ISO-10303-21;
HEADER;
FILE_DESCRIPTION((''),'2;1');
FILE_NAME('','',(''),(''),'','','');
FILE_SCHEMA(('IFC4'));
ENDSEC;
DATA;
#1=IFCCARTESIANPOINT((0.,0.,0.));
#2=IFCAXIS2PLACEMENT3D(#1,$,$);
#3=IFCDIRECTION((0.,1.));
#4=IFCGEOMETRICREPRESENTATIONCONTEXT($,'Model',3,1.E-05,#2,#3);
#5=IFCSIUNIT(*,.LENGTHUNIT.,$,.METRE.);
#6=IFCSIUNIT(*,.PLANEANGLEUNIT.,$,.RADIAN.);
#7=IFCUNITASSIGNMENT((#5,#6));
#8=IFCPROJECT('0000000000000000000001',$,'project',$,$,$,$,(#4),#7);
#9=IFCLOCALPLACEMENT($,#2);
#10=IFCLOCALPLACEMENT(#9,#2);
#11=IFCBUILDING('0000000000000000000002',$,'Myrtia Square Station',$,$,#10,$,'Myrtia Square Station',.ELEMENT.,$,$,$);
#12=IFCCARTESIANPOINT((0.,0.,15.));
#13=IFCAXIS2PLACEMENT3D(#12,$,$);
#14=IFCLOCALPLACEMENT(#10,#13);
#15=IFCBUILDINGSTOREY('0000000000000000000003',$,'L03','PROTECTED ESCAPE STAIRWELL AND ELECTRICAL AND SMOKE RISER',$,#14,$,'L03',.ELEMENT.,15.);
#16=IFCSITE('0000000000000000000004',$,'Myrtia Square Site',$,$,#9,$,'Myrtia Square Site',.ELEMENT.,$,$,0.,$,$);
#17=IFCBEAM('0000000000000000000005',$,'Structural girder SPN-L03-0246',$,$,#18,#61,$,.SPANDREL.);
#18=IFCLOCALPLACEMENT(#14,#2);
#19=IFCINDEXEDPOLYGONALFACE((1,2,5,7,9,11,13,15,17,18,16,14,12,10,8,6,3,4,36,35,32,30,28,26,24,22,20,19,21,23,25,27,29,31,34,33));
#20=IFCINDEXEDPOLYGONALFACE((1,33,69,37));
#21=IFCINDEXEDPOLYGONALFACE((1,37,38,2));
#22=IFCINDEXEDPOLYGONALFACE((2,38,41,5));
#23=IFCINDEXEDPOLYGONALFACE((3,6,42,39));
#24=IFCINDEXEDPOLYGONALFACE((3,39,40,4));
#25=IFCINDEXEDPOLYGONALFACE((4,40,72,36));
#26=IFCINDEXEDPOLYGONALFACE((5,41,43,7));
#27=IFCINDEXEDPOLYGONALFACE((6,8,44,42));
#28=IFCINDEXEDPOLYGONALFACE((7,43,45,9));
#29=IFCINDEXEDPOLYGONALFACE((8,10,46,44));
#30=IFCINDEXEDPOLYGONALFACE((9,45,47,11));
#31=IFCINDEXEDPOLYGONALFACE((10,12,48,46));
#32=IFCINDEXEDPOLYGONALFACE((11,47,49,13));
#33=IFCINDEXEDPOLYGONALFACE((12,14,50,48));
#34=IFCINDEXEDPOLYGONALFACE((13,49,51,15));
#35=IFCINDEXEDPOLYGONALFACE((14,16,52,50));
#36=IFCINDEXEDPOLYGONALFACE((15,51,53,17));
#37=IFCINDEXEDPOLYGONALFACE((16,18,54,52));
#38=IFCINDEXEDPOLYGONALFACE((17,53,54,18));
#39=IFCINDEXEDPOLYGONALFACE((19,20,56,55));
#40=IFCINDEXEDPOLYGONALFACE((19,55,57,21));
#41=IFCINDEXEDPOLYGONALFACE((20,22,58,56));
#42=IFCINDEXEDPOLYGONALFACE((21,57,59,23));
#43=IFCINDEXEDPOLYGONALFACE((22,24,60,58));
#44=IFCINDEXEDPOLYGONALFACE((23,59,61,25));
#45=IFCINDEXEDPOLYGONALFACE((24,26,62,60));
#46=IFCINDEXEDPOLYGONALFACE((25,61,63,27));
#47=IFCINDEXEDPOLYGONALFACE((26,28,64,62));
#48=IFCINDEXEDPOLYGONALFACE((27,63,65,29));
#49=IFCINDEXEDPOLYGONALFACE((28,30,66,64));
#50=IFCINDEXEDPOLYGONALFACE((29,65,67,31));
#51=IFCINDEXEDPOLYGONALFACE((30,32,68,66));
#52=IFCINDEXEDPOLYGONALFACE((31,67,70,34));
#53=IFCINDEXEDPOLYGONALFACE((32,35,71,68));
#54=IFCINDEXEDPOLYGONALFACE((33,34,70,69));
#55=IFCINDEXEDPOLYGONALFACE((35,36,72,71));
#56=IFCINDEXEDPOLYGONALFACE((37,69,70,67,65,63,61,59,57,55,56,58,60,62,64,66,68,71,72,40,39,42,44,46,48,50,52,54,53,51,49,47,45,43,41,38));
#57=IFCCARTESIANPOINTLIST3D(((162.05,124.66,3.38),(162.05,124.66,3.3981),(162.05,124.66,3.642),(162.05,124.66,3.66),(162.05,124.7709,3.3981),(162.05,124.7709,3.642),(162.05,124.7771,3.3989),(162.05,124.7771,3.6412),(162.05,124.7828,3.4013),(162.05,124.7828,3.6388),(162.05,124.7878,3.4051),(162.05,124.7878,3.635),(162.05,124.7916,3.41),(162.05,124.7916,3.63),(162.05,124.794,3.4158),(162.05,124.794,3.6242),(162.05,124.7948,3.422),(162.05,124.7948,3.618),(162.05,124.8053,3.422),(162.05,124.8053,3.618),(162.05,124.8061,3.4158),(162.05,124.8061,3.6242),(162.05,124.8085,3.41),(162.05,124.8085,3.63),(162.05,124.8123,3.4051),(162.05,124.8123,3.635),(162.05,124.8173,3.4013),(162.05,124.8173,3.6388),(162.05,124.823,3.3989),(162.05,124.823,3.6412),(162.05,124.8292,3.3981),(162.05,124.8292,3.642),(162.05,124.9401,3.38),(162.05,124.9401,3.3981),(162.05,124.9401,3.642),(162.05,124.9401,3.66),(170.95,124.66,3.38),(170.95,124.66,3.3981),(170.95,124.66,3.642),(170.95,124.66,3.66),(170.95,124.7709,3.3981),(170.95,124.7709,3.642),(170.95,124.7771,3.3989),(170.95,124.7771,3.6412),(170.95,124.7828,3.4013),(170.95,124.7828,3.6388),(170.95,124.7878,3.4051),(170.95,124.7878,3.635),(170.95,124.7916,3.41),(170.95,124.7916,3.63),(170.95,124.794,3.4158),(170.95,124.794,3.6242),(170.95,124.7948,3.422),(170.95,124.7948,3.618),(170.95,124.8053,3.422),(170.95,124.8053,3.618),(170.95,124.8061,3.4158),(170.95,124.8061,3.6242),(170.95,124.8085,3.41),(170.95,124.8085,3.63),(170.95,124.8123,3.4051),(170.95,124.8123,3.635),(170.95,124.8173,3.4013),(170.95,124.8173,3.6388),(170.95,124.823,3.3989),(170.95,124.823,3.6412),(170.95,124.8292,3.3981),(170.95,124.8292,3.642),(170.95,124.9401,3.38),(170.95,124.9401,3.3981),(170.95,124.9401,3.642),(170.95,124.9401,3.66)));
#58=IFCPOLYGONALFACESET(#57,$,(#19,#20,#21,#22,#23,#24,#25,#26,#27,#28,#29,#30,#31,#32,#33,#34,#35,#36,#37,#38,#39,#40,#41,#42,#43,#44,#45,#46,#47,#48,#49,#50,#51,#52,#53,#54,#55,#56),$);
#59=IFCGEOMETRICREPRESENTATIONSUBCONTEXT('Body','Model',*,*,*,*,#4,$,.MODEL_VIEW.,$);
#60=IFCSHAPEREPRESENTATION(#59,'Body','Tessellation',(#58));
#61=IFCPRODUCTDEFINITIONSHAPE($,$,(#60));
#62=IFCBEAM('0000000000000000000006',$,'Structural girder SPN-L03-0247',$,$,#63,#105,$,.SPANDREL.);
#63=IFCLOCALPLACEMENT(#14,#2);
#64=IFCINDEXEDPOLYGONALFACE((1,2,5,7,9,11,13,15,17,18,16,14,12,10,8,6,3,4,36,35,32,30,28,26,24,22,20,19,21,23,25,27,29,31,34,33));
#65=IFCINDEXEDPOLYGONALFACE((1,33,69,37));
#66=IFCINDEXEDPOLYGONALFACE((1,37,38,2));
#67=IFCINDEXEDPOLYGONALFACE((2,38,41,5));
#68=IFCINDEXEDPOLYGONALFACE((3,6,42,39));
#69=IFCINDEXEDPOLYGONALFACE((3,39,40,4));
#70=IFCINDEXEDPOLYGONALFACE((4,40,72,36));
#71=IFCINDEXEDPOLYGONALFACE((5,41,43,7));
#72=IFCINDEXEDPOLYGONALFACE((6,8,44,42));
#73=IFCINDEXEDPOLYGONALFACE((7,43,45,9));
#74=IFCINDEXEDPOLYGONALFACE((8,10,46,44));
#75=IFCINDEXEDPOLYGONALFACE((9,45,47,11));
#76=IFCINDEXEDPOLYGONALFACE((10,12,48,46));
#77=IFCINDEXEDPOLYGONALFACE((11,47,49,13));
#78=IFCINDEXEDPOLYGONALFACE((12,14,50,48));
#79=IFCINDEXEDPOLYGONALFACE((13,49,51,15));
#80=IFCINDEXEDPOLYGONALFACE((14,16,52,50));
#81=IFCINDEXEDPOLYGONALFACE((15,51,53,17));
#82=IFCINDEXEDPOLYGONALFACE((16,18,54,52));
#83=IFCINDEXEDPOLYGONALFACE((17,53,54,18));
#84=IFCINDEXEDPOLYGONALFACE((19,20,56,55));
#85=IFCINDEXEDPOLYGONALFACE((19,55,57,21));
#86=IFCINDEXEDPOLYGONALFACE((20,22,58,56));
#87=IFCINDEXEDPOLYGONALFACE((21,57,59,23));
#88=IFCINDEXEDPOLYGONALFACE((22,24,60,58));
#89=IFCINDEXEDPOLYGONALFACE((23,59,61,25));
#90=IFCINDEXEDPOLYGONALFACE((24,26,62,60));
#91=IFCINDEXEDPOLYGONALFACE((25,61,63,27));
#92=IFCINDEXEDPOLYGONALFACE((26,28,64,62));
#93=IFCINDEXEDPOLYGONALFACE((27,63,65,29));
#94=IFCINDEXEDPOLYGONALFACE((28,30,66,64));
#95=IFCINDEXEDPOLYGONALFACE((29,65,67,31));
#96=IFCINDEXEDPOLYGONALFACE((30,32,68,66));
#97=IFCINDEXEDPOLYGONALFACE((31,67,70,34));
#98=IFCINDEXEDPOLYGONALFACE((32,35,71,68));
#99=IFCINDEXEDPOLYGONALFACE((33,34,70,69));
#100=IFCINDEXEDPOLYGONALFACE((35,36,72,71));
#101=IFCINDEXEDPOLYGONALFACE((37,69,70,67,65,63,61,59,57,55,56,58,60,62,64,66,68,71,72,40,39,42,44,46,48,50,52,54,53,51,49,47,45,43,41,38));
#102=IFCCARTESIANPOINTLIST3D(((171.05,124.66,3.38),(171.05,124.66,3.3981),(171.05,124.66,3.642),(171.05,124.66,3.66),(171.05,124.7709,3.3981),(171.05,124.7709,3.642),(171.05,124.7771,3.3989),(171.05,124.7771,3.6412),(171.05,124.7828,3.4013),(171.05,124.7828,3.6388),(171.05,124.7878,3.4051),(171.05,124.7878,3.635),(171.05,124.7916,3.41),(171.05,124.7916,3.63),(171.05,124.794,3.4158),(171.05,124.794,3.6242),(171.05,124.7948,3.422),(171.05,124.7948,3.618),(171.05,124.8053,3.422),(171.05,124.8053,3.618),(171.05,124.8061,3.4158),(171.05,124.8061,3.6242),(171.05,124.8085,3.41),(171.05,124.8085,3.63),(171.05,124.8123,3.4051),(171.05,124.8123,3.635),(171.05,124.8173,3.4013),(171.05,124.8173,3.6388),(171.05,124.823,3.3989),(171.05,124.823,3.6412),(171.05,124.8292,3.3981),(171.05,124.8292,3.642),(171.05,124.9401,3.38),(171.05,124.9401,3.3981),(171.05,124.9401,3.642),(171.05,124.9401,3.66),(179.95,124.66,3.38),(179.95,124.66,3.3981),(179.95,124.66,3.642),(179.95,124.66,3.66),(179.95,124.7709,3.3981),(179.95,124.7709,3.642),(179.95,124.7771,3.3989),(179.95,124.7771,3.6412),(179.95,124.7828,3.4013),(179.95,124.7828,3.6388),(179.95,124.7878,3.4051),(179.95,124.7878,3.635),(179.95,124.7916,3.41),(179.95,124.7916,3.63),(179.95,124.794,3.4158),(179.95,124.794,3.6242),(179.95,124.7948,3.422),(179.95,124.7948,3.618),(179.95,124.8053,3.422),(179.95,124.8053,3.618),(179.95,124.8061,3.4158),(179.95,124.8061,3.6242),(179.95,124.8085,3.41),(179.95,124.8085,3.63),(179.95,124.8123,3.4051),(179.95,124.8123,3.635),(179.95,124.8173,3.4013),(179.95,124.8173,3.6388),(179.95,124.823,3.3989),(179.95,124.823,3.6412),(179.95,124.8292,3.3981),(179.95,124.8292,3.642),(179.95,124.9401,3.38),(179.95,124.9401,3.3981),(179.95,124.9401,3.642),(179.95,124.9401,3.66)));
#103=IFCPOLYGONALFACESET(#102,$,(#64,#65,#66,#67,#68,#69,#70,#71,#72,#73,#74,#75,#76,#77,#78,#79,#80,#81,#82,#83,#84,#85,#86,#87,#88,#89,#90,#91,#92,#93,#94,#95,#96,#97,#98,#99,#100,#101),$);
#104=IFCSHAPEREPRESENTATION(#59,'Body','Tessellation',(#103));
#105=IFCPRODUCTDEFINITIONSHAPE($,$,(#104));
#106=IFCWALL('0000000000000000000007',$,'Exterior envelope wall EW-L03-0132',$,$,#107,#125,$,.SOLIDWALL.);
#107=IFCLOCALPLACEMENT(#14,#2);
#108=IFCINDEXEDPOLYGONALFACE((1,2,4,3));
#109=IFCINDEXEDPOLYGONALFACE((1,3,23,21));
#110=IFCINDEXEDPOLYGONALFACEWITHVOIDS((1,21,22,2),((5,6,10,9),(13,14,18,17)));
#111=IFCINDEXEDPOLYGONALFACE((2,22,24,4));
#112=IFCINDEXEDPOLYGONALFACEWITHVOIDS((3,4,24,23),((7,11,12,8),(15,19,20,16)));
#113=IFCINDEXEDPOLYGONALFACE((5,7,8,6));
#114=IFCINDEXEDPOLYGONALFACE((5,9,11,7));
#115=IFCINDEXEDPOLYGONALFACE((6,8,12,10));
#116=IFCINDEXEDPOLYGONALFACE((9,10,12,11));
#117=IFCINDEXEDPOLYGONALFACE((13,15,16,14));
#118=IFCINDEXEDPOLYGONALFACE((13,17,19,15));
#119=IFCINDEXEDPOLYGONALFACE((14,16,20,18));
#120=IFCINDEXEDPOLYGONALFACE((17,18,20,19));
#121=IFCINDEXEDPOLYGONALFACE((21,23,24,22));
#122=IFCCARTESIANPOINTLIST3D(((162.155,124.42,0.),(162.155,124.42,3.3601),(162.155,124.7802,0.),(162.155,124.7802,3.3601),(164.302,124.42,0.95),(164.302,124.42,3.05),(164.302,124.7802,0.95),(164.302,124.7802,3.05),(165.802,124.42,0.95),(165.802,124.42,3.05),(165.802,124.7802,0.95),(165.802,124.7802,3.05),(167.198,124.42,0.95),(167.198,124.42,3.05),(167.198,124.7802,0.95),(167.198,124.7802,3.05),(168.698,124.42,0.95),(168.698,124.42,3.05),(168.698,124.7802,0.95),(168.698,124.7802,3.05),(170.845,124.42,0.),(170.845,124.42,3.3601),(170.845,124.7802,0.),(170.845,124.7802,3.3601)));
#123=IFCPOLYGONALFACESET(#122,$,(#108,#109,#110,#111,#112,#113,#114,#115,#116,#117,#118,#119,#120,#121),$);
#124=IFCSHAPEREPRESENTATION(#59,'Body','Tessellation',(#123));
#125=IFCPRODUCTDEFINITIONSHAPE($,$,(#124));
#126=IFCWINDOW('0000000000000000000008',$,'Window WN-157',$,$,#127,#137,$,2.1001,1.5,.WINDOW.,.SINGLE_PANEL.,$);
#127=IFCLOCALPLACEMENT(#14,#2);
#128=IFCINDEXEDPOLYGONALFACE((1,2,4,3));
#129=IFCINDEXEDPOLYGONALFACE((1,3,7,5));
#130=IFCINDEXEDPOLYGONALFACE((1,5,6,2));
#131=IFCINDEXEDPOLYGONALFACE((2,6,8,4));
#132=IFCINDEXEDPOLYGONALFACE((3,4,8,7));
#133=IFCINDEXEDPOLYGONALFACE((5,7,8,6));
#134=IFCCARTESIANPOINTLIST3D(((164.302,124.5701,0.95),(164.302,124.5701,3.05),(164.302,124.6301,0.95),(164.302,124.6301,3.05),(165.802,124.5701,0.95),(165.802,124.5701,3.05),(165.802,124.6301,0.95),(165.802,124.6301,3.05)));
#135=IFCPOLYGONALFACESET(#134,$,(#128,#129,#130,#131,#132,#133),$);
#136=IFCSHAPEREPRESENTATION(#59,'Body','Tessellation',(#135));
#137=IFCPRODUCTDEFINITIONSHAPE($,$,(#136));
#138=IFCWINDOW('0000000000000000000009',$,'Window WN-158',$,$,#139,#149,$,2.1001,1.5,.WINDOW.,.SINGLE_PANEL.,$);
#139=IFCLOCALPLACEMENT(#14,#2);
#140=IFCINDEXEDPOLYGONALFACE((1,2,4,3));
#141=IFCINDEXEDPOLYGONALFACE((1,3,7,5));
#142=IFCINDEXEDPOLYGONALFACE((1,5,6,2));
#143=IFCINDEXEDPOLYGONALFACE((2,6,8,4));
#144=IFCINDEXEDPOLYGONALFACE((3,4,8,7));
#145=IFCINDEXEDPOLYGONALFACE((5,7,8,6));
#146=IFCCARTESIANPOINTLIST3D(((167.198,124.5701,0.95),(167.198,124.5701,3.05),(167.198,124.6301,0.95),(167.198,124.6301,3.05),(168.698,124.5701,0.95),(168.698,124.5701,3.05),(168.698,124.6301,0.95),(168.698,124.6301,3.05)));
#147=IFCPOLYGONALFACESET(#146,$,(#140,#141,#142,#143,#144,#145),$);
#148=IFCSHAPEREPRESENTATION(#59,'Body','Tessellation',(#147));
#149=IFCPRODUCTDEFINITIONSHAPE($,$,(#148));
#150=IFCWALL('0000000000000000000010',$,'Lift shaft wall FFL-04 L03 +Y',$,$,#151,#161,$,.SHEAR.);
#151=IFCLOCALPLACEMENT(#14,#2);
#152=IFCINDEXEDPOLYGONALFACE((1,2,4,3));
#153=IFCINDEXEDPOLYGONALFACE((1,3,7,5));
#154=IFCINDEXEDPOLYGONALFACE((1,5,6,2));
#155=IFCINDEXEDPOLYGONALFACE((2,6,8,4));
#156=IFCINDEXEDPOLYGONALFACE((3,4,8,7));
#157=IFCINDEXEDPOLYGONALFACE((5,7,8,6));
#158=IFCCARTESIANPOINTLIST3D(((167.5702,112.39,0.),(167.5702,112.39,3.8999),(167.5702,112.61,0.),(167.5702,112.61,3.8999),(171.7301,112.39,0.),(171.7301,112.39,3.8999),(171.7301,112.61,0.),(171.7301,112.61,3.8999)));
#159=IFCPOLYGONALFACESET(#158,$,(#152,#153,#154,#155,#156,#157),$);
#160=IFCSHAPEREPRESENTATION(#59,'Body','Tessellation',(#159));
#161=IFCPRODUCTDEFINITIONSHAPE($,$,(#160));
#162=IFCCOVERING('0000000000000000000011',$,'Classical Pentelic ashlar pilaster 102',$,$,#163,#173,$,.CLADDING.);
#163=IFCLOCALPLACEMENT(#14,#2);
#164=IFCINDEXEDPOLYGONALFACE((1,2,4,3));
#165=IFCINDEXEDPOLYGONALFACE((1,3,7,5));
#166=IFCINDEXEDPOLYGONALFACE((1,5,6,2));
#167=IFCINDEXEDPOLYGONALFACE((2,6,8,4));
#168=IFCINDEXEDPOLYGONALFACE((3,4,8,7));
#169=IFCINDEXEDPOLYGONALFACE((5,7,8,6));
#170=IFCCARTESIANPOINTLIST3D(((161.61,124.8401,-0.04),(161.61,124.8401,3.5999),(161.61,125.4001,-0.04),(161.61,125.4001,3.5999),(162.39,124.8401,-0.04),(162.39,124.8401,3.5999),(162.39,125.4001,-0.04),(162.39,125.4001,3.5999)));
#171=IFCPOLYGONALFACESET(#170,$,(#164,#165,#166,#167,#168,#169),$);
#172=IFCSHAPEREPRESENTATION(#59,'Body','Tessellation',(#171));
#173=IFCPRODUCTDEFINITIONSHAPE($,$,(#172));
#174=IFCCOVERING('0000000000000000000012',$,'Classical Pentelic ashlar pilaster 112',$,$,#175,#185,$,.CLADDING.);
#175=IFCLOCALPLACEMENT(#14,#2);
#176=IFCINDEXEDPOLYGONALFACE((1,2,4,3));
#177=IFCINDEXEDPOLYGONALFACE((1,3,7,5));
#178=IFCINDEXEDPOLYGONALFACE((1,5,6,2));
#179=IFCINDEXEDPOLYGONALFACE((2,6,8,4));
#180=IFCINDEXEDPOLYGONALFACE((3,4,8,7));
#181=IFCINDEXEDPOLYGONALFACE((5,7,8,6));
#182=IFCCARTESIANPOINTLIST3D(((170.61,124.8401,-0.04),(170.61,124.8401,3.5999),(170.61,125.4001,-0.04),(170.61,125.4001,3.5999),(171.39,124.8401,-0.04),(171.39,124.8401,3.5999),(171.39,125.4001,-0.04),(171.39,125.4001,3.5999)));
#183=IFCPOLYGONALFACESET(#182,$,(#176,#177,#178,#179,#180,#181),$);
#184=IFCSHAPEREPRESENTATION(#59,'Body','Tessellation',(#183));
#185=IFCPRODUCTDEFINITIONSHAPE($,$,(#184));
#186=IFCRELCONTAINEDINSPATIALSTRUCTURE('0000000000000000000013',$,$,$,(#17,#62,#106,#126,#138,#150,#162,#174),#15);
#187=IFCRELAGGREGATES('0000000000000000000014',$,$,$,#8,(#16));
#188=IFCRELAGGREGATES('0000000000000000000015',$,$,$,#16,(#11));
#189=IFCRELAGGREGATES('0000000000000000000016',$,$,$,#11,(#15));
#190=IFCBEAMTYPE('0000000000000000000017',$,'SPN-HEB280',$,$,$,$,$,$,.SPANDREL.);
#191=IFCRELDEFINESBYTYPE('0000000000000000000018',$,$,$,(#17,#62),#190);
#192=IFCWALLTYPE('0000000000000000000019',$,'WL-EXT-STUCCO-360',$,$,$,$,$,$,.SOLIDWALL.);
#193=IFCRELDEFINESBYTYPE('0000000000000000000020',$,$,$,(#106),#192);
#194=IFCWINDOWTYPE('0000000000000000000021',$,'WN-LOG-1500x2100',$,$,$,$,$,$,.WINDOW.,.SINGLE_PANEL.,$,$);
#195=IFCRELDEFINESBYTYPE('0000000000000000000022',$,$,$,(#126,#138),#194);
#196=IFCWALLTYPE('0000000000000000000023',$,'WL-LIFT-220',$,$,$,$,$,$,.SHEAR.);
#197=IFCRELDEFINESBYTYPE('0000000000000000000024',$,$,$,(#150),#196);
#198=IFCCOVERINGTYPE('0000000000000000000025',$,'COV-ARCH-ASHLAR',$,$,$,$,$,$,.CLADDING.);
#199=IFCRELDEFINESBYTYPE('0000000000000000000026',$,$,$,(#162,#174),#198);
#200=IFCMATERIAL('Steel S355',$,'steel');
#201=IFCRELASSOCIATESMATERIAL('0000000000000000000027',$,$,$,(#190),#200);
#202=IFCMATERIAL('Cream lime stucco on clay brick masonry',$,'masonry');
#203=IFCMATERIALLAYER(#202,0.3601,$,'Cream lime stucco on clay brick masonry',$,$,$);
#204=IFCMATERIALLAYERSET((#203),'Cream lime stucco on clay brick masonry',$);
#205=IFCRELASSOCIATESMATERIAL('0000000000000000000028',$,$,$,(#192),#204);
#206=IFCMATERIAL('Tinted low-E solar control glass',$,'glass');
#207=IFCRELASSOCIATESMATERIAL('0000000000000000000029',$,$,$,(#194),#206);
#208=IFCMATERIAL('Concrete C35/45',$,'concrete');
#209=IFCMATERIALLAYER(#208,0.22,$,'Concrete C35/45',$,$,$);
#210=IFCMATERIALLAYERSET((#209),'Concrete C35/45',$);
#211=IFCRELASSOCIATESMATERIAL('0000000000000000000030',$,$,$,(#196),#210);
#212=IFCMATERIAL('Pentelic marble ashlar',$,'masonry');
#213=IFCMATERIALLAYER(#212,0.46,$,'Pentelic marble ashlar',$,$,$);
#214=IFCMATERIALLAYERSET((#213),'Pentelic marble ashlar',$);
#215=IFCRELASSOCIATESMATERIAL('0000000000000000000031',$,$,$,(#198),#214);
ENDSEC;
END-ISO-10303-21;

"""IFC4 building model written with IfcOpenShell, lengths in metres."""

from ifc_helpers import new_model, si_unit, direction, frame, frame_2d, origin, origin_2d, place, context, subcontext, project, spatial, rectangle, i_section, extrude, material, layer, layer_set, material_profile, profile_set, type_object, element, fill, save


model = new_model("IFC4")

# Units and contexts
model_context = context("Model", 3, precision=1e-05, world=origin(), true_north=direction((0.0, 1.0)))
body_context = subcontext(model_context, "Body", "Model", "MODEL_VIEW")
ifc_project = project(units=[si_unit("LENGTHUNIT", "METRE"), si_unit("PLANEANGLEUNIT", "RADIAN")], contexts=[model_context])

# Site, building, storey
site_placement = place(None, origin())
site = spatial("IfcSite", under=ifc_project, at=site_placement, Name="Myrtia Square Site", LongName="Myrtia Square Site", CompositionType="ELEMENT", RefElevation=0.0)
building_placement = place(site_placement, origin())
building = spatial("IfcBuilding", under=site, at=building_placement, Name="Myrtia Square Station", LongName="Myrtia Square Station", CompositionType="ELEMENT")
storey_placement = place(building_placement, frame((0.0, 0.0, 15.0)))
storey = spatial("IfcBuildingStorey", under=building, at=storey_placement, Name="L03", Description="PROTECTED ESCAPE STAIRWELL AND ELECTRICAL AND SMOKE RISER", LongName="L03", CompositionType="ELEMENT", Elevation=15.0)

# Shared definitions
ifc_material_1 = material(Name="Steel S355", Category="steel")

# Beams
ifc_material_profile_1 = material_profile(ifc_material_1, i_section(OverallWidth=0.28, OverallDepth=0.28, WebThickness=0.0105, FlangeThickness=0.0181, FilletRadius=0.0239, at=origin_2d()), Name="HEB 280")
ifc_profile_set_1 = profile_set([ifc_material_profile_1], Name="Steel S355")
beam_type_1 = type_object("IfcBeamType", Name="SPN-HEB280", PredefinedType="SPANDREL", material=ifc_profile_set_1)
for number, where, z_axis, x_axis, name in (
    (1, (162.05, 124.8, 3.52), (1.0, 0.0, 0.0), (0.0, 1.0, 0.0), "Structural girder SPN-L03-0246"),
    (2, (171.05, 124.8, 3.52), (1.0, 0.0, 0.0), (0.0, 1.0, 0.0), "Structural girder SPN-L03-0247"),
):
    element("IfcBeam", number, at=place(storey_placement, frame(where, z_axis=z_axis, x_axis=x_axis)), inside=storey, type_object=beam_type_1, Name=name, PredefinedType="SPANDREL", context=body_context, shape_type="SweptSolid", body=[
        extrude(i_section(OverallWidth=0.28, OverallDepth=0.28, WebThickness=0.0105, FlangeThickness=0.0181, FilletRadius=0.0239, at=origin_2d()), origin(), (0.0, 0.0, 1.0), 8.8999),
    ])

# Wall, openings, windows
ifc_material_2 = material(Name="Cream lime stucco on clay brick masonry", Category="masonry")
ifc_layer_1 = layer(ifc_material_2, 0.3601, Name="Cream lime stucco on clay brick masonry")
ifc_layer_set_1 = layer_set([ifc_layer_1], Name="Cream lime stucco on clay brick masonry")
wall_type_1 = type_object("IfcWallType", Name="WL-EXT-STUCCO-360", PredefinedType="SOLIDWALL", material=ifc_layer_set_1)
wall_1_placement = place(storey_placement, frame((162.155, 124.6001, 0.0), z_axis=(0.0, 0.0, 1.0), x_axis=(1.0, 0.0, 0.0)))
wall_1 = element("IfcWall", 3, at=wall_1_placement, inside=storey, type_object=wall_type_1, Name="Exterior envelope wall EW-L03-0132", PredefinedType="SOLIDWALL", context=body_context, shape_type="SweptSolid", body=[
    extrude(rectangle(XDim=8.6899, YDim=0.3601, at=frame_2d((4.345, 0.0))), origin(), (0.0, 0.0, 1.0), 3.3601),
])
opening_1_placement = place(wall_1_placement, frame((2.147, 0.0, 0.95)))
opening_1 = element("IfcOpeningElement", 4, at=opening_1_placement, cuts=wall_1, PredefinedType="OPENING", context=body_context, shape_type="SweptSolid", body=[
    extrude(rectangle(XDim=1.5, YDim=2.1001, at=frame_2d((0.75, 1.05))), frame((0.0, 0.1951, 0.0), z_axis=(0.0, -1.0, 0.0), x_axis=(1.0, 0.0, 0.0)), (0.0, 0.0, 1.0), 0.3901),
])
opening_2_placement = place(wall_1_placement, frame((5.043, 0.0, 0.95)))
opening_2 = element("IfcOpeningElement", 5, at=opening_2_placement, cuts=wall_1, PredefinedType="OPENING", context=body_context, shape_type="SweptSolid", body=[
    extrude(rectangle(XDim=1.5, YDim=2.1001, at=frame_2d((0.75, 1.05))), frame((0.0, 0.1951, 0.0), z_axis=(0.0, -1.0, 0.0), x_axis=(1.0, 0.0, 0.0)), (0.0, 0.0, 1.0), 0.3901),
])
ifc_material_3 = material(Name="Tinted low-E solar control glass", Category="glass")
window_type = type_object("IfcWindowType", Name="WN-LOG-1500x2100", PartitioningType="SINGLE_PANEL", PredefinedType="WINDOW", material=ifc_material_3)
window_1_placement = place(opening_1_placement, origin())
window_1 = element("IfcWindow", 6, at=window_1_placement, inside=storey, type_object=window_type, Name="Window WN-157", OverallHeight=2.1001, OverallWidth=1.5, PartitioningType="SINGLE_PANEL", PredefinedType="WINDOW", context=body_context, shape_type="SweptSolid", body=[
    extrude(rectangle(XDim=1.5, YDim=2.1001, at=frame_2d((0.75, 1.05))), frame((0.0, 0.03, 0.0), z_axis=(0.0, -1.0, 0.0), x_axis=(1.0, 0.0, 0.0)), (0.0, 0.0, 1.0), 0.0601),
])
fill(opening_1, window_1)
window_2_placement = place(opening_2_placement, origin())
window_2 = element("IfcWindow", 7, at=window_2_placement, inside=storey, type_object=window_type, Name="Window WN-158", OverallHeight=2.1001, OverallWidth=1.5, PartitioningType="SINGLE_PANEL", PredefinedType="WINDOW", context=body_context, shape_type="SweptSolid", body=[
    extrude(rectangle(XDim=1.5, YDim=2.1001, at=frame_2d((0.75, 1.05))), frame((0.0, 0.03, 0.0), z_axis=(0.0, -1.0, 0.0), x_axis=(1.0, 0.0, 0.0)), (0.0, 0.0, 1.0), 0.0601),
])
fill(opening_2, window_2)

# Wall
ifc_material_4 = material(Name="Concrete C35/45", Category="concrete")
ifc_layer_2 = layer(ifc_material_4, 0.22, Name="Concrete C35/45")
ifc_layer_set_2 = layer_set([ifc_layer_2], Name="Concrete C35/45")
wall_type_2 = type_object("IfcWallType", Name="WL-LIFT-220", PredefinedType="SHEAR", material=ifc_layer_set_2)
wall_2_placement = place(storey_placement, frame((167.5701, 112.5, 0.0), z_axis=(0.0, 0.0, 1.0), x_axis=(1.0, 0.0, 0.0)))
element("IfcWall", 8, at=wall_2_placement, inside=storey, type_object=wall_type_2, Name="Lift shaft wall FFL-04 L03 +Y", PredefinedType="SHEAR", context=body_context, shape_type="SweptSolid", body=[
    extrude(rectangle(XDim=4.1599, YDim=0.22, at=frame_2d((2.0801, 0.0))), origin(), (0.0, 0.0, 1.0), 3.8999),
])

# Coverings
ifc_material_5 = material(Name="Pentelic marble ashlar", Category="masonry")
ifc_layer_3 = layer(ifc_material_5, 0.46, Name="Pentelic marble ashlar")
ifc_layer_set_3 = layer_set([ifc_layer_3], Name="Pentelic marble ashlar")
covering_type = type_object("IfcCoveringType", Name="COV-ARCH-ASHLAR", PredefinedType="CLADDING", material=ifc_layer_set_3)
for number, where, z_axis, x_axis, name in (
    (9, (162.0, 125.1201, -0.04), (0.0, 0.0, 1.0), (1.0, 0.0, 0.0), "Classical Pentelic ashlar pilaster 102"),
    (10, (171.0, 125.1201, -0.04), (0.0, 0.0, 1.0), (1.0, 0.0, 0.0), "Classical Pentelic ashlar pilaster 112"),
):
    element("IfcCovering", number, at=place(storey_placement, frame(where, z_axis=z_axis, x_axis=x_axis)), inside=storey, type_object=covering_type, Name=name, PredefinedType="CLADDING", context=body_context, shape_type="SweptSolid", body=[
        extrude(rectangle(XDim=0.78, YDim=0.5601, at=origin_2d()), origin(), (0.0, 0.0, 1.0), 3.6399),
    ])

save(model, "model.ifc")
